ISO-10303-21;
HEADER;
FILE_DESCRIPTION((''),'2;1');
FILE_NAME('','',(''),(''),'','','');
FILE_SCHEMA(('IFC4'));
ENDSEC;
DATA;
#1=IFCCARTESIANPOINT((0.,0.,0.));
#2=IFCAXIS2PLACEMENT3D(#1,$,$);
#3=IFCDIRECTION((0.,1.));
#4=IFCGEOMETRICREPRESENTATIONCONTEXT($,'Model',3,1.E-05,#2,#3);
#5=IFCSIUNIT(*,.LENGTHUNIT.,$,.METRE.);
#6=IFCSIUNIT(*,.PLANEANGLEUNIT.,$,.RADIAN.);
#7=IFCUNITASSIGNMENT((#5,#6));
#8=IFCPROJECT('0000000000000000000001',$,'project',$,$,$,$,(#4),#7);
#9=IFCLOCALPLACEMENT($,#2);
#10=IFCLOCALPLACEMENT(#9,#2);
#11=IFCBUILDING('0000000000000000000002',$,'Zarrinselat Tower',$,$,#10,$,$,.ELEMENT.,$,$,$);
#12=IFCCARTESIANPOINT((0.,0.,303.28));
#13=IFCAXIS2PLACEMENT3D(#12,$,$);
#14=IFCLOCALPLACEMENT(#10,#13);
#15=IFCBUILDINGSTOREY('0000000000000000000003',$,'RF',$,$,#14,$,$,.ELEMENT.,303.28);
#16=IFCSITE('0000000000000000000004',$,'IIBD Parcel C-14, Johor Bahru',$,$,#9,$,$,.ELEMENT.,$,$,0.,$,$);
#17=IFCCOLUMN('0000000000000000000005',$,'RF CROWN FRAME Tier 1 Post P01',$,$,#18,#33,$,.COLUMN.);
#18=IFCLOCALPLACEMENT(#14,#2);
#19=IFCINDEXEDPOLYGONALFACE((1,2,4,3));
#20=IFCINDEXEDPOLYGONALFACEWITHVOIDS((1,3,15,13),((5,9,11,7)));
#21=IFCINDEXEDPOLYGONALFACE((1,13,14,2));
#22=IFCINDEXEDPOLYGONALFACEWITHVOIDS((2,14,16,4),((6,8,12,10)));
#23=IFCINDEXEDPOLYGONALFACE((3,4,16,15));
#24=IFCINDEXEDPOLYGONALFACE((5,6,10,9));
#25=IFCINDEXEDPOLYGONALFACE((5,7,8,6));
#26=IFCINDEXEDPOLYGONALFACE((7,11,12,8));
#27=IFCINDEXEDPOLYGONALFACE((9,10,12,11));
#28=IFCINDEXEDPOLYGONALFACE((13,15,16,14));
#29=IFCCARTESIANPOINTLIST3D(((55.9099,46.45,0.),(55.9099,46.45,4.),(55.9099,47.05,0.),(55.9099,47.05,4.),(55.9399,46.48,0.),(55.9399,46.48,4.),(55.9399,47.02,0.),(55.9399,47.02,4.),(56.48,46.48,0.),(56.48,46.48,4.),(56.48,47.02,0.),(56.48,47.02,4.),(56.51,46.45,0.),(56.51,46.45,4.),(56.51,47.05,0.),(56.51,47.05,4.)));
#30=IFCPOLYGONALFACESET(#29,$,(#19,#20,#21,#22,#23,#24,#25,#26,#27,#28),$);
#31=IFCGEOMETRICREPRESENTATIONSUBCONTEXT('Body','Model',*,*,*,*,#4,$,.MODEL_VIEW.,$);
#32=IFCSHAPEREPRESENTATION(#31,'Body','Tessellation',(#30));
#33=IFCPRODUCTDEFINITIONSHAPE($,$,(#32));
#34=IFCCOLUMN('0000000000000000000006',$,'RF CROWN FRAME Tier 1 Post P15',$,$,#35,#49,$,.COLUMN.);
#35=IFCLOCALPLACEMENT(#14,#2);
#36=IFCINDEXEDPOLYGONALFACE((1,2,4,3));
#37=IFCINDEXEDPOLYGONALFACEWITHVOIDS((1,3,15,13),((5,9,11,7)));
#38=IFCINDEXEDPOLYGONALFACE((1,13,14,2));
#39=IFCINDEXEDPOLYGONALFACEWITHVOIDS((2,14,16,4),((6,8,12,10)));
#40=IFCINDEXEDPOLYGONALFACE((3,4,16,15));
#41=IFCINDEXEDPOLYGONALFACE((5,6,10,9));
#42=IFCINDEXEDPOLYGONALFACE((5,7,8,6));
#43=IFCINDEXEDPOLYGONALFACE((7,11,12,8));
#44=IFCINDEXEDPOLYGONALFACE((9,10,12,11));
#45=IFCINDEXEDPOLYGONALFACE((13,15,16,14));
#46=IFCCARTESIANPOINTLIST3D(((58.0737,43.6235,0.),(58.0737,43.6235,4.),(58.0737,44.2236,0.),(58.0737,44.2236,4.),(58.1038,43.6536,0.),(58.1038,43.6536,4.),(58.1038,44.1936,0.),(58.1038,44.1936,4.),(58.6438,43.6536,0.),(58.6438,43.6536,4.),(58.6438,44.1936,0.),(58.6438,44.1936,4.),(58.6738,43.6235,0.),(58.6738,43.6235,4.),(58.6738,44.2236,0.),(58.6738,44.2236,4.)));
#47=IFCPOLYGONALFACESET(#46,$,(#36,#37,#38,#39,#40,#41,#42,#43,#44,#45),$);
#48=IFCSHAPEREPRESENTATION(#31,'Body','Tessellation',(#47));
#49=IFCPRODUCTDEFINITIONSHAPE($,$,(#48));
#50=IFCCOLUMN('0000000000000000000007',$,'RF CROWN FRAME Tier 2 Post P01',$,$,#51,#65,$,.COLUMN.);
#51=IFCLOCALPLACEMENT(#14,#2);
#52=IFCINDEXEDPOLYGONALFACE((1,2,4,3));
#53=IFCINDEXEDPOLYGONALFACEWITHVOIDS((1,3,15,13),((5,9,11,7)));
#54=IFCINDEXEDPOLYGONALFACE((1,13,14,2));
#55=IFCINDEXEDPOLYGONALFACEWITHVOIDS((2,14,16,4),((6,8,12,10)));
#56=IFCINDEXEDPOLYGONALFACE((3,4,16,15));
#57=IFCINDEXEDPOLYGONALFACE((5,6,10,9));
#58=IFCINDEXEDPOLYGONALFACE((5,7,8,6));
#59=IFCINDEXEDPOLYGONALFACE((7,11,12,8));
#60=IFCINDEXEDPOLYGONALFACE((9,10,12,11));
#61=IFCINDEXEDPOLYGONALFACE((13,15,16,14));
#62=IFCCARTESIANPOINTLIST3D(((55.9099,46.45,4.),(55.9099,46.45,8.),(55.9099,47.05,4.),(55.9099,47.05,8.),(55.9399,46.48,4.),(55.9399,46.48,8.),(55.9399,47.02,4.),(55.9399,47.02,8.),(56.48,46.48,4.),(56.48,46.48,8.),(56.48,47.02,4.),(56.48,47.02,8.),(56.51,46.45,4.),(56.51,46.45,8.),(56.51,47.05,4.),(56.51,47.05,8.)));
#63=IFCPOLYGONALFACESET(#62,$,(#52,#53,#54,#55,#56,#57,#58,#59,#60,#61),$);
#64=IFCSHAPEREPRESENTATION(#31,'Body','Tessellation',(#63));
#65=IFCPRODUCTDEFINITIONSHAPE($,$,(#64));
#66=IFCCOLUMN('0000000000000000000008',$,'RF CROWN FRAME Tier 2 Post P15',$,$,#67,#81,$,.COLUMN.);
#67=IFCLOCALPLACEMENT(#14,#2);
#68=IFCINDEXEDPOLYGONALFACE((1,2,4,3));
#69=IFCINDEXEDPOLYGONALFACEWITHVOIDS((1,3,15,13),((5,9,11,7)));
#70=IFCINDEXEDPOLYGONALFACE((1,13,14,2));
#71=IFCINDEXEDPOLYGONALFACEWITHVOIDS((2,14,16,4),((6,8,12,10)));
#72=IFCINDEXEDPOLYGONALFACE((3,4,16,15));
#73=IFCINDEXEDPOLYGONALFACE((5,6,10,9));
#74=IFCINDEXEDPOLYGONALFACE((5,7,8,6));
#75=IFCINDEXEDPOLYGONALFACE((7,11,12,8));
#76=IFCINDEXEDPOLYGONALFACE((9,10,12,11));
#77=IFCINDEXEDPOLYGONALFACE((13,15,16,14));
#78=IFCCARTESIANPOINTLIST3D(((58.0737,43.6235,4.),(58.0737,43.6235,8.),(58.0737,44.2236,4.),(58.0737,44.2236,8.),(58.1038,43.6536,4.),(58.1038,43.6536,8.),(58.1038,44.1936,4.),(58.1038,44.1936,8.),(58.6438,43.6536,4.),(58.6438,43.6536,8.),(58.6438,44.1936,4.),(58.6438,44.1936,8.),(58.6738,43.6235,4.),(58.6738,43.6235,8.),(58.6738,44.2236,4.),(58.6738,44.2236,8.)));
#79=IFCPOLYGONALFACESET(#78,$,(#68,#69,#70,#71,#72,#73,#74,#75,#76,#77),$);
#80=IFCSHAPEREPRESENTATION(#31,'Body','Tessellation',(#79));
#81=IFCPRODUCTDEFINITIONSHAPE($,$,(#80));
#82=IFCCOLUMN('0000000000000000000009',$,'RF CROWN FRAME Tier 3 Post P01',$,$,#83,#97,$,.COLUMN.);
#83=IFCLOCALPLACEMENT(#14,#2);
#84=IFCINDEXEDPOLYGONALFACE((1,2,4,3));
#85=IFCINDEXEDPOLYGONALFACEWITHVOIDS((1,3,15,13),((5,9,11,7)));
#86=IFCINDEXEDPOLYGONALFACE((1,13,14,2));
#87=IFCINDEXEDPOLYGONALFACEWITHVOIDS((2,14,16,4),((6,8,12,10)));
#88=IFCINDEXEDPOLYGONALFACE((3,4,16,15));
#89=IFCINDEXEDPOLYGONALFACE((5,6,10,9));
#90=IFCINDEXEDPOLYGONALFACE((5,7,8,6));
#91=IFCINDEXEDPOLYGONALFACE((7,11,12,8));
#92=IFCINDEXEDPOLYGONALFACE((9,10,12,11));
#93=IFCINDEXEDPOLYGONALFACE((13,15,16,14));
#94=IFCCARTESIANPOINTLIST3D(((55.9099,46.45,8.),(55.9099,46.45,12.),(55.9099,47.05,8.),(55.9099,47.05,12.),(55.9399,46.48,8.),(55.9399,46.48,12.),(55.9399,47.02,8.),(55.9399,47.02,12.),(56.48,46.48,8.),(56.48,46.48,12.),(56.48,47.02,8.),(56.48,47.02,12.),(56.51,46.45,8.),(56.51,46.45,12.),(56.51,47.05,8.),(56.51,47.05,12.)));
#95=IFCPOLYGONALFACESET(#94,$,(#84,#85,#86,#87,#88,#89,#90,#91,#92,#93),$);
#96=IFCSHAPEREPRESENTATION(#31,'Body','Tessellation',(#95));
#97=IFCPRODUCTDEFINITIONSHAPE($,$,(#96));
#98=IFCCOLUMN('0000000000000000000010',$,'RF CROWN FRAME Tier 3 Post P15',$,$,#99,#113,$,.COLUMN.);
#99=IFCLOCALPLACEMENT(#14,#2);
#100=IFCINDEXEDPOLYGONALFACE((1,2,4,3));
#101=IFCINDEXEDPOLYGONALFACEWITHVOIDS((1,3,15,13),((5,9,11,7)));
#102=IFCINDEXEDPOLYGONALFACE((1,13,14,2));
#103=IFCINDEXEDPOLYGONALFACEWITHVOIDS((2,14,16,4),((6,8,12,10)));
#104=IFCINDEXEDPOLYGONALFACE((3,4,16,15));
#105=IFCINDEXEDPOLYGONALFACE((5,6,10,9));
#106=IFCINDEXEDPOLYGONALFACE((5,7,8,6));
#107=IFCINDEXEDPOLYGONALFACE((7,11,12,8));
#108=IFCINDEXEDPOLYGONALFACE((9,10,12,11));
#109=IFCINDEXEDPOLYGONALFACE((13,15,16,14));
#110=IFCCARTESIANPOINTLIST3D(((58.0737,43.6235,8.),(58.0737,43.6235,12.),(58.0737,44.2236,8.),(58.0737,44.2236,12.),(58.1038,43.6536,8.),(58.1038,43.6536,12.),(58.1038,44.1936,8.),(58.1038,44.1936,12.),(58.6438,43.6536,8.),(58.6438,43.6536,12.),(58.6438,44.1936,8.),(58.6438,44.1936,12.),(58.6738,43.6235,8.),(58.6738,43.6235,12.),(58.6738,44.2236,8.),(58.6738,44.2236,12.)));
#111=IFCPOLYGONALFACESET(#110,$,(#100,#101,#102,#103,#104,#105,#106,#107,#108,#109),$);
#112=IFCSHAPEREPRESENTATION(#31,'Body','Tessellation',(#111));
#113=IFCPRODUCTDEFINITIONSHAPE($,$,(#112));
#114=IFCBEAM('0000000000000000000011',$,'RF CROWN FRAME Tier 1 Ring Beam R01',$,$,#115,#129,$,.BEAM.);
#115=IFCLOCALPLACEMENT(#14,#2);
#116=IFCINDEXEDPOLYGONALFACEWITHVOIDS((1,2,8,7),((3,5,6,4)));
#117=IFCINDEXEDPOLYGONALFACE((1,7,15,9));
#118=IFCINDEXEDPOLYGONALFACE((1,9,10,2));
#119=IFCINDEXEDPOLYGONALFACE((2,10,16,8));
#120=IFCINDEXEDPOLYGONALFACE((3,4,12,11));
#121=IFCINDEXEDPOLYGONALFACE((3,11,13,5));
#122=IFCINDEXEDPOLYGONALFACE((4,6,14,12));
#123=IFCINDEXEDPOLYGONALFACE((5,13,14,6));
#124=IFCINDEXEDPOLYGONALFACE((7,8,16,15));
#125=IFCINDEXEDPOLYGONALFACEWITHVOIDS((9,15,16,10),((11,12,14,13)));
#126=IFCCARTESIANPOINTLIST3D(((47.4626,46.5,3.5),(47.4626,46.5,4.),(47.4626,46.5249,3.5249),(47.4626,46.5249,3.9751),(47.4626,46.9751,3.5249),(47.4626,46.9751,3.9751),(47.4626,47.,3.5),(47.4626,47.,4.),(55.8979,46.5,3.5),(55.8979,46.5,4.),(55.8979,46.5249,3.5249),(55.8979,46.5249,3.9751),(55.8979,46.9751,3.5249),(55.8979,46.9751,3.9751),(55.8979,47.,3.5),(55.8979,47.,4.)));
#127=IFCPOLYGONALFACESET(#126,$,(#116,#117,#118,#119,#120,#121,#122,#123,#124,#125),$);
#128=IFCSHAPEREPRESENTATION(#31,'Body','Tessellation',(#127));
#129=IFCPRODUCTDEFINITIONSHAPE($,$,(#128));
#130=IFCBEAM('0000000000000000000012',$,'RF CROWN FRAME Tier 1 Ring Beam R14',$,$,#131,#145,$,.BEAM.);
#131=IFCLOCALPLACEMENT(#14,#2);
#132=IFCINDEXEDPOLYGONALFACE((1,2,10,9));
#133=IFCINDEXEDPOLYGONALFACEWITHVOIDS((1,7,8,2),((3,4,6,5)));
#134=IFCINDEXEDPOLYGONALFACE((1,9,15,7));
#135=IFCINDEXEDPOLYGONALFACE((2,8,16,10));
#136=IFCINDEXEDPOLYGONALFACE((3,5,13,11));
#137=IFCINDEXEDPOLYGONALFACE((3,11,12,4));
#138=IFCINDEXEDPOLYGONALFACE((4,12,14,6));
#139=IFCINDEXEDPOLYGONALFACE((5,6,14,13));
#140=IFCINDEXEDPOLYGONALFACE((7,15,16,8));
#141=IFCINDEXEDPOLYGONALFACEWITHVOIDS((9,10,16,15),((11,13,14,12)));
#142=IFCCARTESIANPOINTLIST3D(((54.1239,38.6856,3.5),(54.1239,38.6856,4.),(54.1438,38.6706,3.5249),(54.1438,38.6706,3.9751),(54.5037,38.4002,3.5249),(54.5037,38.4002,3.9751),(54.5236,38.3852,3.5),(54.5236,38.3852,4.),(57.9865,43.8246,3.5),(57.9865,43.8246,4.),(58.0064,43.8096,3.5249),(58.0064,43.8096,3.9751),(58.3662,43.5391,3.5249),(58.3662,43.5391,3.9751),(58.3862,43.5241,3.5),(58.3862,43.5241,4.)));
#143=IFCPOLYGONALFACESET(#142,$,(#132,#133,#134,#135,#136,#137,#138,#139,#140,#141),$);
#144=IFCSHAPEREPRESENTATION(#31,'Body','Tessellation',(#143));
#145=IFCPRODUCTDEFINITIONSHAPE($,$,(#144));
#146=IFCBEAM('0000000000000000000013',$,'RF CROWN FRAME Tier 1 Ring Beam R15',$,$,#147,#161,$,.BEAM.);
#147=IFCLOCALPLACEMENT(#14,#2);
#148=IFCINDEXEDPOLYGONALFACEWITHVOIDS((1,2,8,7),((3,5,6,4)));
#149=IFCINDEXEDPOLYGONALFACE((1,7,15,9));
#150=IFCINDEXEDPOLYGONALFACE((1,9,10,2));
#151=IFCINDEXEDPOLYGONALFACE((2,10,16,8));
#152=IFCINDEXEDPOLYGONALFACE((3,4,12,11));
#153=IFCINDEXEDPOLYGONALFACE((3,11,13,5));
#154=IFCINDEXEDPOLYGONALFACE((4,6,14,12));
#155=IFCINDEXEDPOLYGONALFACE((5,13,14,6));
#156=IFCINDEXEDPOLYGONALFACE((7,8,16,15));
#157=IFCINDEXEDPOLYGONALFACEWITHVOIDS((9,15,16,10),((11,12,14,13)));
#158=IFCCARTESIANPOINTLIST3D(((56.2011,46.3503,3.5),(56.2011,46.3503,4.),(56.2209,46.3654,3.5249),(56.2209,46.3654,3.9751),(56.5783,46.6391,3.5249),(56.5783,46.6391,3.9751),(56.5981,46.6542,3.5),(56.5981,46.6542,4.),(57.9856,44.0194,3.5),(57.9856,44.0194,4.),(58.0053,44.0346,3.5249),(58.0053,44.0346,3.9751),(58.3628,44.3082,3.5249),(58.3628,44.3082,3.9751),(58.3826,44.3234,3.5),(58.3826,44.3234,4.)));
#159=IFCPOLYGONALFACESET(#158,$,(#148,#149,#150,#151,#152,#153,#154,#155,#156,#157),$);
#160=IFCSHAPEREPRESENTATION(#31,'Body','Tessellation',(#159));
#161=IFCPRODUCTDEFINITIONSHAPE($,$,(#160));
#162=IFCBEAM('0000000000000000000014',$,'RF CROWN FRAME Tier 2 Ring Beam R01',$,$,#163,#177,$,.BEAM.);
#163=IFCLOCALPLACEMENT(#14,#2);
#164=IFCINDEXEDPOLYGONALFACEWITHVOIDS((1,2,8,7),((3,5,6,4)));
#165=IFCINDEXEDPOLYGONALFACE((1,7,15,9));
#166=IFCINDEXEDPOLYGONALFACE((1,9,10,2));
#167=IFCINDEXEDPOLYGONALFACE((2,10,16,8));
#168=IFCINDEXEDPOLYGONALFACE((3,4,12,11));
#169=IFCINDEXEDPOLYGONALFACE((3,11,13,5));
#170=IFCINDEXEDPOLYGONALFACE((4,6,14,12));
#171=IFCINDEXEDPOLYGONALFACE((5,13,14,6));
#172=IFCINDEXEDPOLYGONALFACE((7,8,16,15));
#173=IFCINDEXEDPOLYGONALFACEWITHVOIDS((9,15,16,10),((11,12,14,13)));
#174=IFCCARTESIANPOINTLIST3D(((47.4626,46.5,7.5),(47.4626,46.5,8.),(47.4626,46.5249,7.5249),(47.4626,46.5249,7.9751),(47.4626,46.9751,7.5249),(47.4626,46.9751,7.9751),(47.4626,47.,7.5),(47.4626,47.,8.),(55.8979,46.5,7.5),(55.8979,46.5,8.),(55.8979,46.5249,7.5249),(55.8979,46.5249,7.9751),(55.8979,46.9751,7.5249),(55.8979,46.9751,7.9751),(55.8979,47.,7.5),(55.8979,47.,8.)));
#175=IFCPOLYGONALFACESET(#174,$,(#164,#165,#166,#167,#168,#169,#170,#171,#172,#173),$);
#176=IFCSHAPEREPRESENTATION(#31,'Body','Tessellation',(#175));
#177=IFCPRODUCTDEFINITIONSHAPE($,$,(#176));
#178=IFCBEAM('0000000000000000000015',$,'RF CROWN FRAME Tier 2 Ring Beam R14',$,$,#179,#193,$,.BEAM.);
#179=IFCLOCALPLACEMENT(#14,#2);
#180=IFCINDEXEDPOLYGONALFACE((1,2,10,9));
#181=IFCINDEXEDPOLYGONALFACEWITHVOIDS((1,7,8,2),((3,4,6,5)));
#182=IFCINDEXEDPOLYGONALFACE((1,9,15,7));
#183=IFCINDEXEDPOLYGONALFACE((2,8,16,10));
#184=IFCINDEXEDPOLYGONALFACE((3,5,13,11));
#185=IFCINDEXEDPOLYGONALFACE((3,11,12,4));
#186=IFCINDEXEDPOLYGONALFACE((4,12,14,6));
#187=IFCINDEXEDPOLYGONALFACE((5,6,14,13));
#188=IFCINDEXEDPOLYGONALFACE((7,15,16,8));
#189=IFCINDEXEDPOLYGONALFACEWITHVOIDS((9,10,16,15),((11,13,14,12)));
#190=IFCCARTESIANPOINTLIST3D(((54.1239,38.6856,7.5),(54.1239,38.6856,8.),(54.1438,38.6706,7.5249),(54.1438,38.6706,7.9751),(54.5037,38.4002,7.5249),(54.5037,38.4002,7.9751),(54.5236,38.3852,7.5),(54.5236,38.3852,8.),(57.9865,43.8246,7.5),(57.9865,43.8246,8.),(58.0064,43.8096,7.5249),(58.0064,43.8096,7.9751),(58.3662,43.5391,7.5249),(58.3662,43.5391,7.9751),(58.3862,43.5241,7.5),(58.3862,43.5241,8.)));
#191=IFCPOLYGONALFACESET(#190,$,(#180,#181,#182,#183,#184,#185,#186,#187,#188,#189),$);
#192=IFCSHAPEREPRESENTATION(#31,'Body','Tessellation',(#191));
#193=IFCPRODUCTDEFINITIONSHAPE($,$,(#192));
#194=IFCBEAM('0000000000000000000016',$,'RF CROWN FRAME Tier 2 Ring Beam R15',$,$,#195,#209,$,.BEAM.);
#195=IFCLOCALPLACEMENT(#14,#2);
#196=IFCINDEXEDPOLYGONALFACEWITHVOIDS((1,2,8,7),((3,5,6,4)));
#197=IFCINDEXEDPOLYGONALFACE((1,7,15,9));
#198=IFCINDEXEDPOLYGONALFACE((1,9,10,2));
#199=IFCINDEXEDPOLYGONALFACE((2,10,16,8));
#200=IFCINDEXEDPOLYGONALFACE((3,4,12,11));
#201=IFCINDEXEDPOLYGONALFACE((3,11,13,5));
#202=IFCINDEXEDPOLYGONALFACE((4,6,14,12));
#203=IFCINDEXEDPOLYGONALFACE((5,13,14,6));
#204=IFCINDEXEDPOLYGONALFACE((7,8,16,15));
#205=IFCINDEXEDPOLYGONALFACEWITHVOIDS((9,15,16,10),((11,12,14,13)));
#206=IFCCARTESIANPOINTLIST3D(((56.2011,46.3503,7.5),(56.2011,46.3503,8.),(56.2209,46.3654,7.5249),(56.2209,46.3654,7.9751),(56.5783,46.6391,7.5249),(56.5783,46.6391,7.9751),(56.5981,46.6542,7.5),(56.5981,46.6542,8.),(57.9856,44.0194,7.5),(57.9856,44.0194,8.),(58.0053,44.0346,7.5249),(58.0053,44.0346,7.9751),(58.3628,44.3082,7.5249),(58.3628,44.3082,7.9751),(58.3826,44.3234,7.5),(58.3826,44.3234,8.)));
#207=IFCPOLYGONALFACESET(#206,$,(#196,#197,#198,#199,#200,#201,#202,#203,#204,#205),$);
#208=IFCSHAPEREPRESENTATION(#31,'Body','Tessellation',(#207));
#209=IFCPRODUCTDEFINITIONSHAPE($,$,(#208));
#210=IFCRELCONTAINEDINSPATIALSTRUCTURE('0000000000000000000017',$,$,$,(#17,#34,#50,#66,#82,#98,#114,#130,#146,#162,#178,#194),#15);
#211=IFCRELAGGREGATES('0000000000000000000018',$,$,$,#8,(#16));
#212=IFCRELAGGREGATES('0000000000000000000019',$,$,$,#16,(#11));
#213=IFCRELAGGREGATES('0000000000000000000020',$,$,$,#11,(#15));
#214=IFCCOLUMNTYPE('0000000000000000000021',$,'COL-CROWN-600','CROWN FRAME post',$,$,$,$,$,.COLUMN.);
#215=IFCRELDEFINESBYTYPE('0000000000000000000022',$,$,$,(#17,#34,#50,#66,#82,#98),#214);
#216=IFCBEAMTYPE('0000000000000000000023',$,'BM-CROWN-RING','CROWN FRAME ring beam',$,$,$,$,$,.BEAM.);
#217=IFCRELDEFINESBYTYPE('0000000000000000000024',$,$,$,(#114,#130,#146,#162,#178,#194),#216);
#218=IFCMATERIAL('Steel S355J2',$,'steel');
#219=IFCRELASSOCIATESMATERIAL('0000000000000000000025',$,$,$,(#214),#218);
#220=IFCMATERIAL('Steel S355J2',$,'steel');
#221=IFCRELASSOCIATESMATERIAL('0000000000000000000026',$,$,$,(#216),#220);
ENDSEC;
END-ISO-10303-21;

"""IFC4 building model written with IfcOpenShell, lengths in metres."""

from ifc_helpers import new_model, si_unit, direction, frame, origin, origin_2d, place, context, subcontext, project, spatial, hollow_rectangle, extrude, material, material_profile, profile_set, type_object, element, save


model = new_model("IFC4")

# Units and contexts
model_context = context("Model", 3, precision=1e-05, world=origin(), true_north=direction((0.0, 1.0)))
body_context = subcontext(model_context, "Body", "Model", "MODEL_VIEW")
ifc_project = project(units=[si_unit("LENGTHUNIT", "METRE"), si_unit("PLANEANGLEUNIT", "RADIAN")], contexts=[model_context])

# Site, building, storey
site_placement = place(None, origin())
site = spatial("IfcSite", under=ifc_project, at=site_placement, Name="IIBD Parcel C-14, Johor Bahru", CompositionType="ELEMENT", RefElevation=0.0)
building_placement = place(site_placement, origin())
building = spatial("IfcBuilding", under=site, at=building_placement, Name="Zarrinselat Tower", CompositionType="ELEMENT")
storey_placement = place(building_placement, frame((0.0, 0.0, 303.28)))
storey = spatial("IfcBuildingStorey", under=building, at=storey_placement, Name="RF", CompositionType="ELEMENT", Elevation=303.28)

# Columns
ifc_material_1 = material(Name="Steel S355J2", Category="steel")
ifc_material_profile_1 = material_profile(ifc_material_1, hollow_rectangle(XDim=0.6001, YDim=0.6001, WallThickness=0.03, at=origin_2d()), Name="SHS 600x600x30")
ifc_profile_set_1 = profile_set([ifc_material_profile_1], Name="Steel S355J2")
column_type = type_object("IfcColumnType", Name="COL-CROWN-600", Description="CROWN FRAME post", PredefinedType="COLUMN", material=ifc_profile_set_1)
for number, where, z_axis, x_axis, name in (
    (1, (56.21, 46.75, 0.0), (0.0, 0.0, 1.0), (1.0, 0.0, 0.0), "RF CROWN FRAME Tier 1 Post P01"),
    (2, (58.3738, 43.9236, 0.0), (0.0, 0.0, 1.0), (1.0, 0.0, 0.0), "RF CROWN FRAME Tier 1 Post P15"),
    (3, (56.21, 46.75, 4.0), (0.0, 0.0, 1.0), (1.0, 0.0, 0.0), "RF CROWN FRAME Tier 2 Post P01"),
    (4, (58.3738, 43.9236, 4.0), (0.0, 0.0, 1.0), (1.0, 0.0, 0.0), "RF CROWN FRAME Tier 2 Post P15"),
    (5, (56.21, 46.75, 8.0), (0.0, 0.0, 1.0), (1.0, 0.0, 0.0), "RF CROWN FRAME Tier 3 Post P01"),
    (6, (58.3738, 43.9236, 8.0), (0.0, 0.0, 1.0), (1.0, 0.0, 0.0), "RF CROWN FRAME Tier 3 Post P15"),
):
    element("IfcColumn", number, at=place(storey_placement, frame(where, z_axis=z_axis, x_axis=x_axis)), inside=storey, type_object=column_type, Name=name, PredefinedType="COLUMN", context=body_context, shape_type="SweptSolid", body=[
        extrude(hollow_rectangle(XDim=0.6001, YDim=0.6001, WallThickness=0.03, at=origin_2d()), origin(), (0.0, 0.0, 1.0), 4.0),
    ])

# Beams
ifc_material_2 = material(Name="Steel S355J2", Category="steel")
ifc_material_profile_2 = material_profile(ifc_material_2, hollow_rectangle(XDim=0.5, YDim=0.5, WallThickness=0.0249, at=origin_2d()), Name="SHS 500x500x25")
ifc_profile_set_2 = profile_set([ifc_material_profile_2], Name="Steel S355J2")
beam_type = type_object("IfcBeamType", Name="BM-CROWN-RING", Description="CROWN FRAME ring beam", PredefinedType="BEAM", material=ifc_profile_set_2)
beam_1_placement = place(storey_placement, frame((55.8979, 46.75, 3.75), z_axis=(-1.0, 0.0, 0.0), x_axis=(0.0, -1.0, 0.0)))
element("IfcBeam", 7, at=beam_1_placement, inside=storey, type_object=beam_type, Name="RF CROWN FRAME Tier 1 Ring Beam R01", PredefinedType="BEAM", context=body_context, shape_type="SweptSolid", body=[
    extrude(hollow_rectangle(XDim=0.5, YDim=0.5, WallThickness=0.0249, at=origin_2d()), origin(), (0.0, 0.0, 1.0), 8.4353),
])
beam_2_placement = place(storey_placement, frame((54.3237, 38.5354, 3.75), z_axis=(0.600832, 0.799375, 0.0), x_axis=(-0.799375, 0.600832, 0.0)))
element("IfcBeam", 8, at=beam_2_placement, inside=storey, type_object=beam_type, Name="RF CROWN FRAME Tier 1 Ring Beam R14", PredefinedType="BEAM", context=body_context, shape_type="SweptSolid", body=[
    extrude(hollow_rectangle(XDim=0.5, YDim=0.5, WallThickness=0.0249, at=origin_2d()), origin(), (0.0, 0.0, 1.0), 6.4287),
])
beam_3_placement = place(storey_placement, frame((58.1841, 44.1714, 3.75), z_axis=(-0.607888, 0.794022, 0.0), x_axis=(-0.794022, -0.607888, 0.0)))
element("IfcBeam", 9, at=beam_3_placement, inside=storey, type_object=beam_type, Name="RF CROWN FRAME Tier 1 Ring Beam R15", PredefinedType="BEAM", context=body_context, shape_type="SweptSolid", body=[
    extrude(hollow_rectangle(XDim=0.5, YDim=0.5, WallThickness=0.0249, at=origin_2d()), origin(), (0.0, 0.0, 1.0), 2.9355),
])
beam_4_placement = place(storey_placement, frame((55.8979, 46.75, 7.75), z_axis=(-1.0, 0.0, 0.0), x_axis=(0.0, -1.0, 0.0)))
element("IfcBeam", 10, at=beam_4_placement, inside=storey, type_object=beam_type, Name="RF CROWN FRAME Tier 2 Ring Beam R01", PredefinedType="BEAM", context=body_context, shape_type="SweptSolid", body=[
    extrude(hollow_rectangle(XDim=0.5, YDim=0.5, WallThickness=0.0249, at=origin_2d()), origin(), (0.0, 0.0, 1.0), 8.4353),
])
beam_5_placement = place(storey_placement, frame((54.3237, 38.5354, 7.75), z_axis=(0.600832, 0.799375, 0.0), x_axis=(-0.799375, 0.600832, 0.0)))
element("IfcBeam", 11, at=beam_5_placement, inside=storey, type_object=beam_type, Name="RF CROWN FRAME Tier 2 Ring Beam R14", PredefinedType="BEAM", context=body_context, shape_type="SweptSolid", body=[
    extrude(hollow_rectangle(XDim=0.5, YDim=0.5, WallThickness=0.0249, at=origin_2d()), origin(), (0.0, 0.0, 1.0), 6.4287),
])
beam_6_placement = place(storey_placement, frame((58.1841, 44.1714, 7.75), z_axis=(-0.607888, 0.794022, 0.0), x_axis=(-0.794022, -0.607888, 0.0)))
element("IfcBeam", 12, at=beam_6_placement, inside=storey, type_object=beam_type, Name="RF CROWN FRAME Tier 2 Ring Beam R15", PredefinedType="BEAM", context=body_context, shape_type="SweptSolid", body=[
    extrude(hollow_rectangle(XDim=0.5, YDim=0.5, WallThickness=0.0249, at=origin_2d()), origin(), (0.0, 0.0, 1.0), 2.9355),
])

save(model, "model.ifc")
